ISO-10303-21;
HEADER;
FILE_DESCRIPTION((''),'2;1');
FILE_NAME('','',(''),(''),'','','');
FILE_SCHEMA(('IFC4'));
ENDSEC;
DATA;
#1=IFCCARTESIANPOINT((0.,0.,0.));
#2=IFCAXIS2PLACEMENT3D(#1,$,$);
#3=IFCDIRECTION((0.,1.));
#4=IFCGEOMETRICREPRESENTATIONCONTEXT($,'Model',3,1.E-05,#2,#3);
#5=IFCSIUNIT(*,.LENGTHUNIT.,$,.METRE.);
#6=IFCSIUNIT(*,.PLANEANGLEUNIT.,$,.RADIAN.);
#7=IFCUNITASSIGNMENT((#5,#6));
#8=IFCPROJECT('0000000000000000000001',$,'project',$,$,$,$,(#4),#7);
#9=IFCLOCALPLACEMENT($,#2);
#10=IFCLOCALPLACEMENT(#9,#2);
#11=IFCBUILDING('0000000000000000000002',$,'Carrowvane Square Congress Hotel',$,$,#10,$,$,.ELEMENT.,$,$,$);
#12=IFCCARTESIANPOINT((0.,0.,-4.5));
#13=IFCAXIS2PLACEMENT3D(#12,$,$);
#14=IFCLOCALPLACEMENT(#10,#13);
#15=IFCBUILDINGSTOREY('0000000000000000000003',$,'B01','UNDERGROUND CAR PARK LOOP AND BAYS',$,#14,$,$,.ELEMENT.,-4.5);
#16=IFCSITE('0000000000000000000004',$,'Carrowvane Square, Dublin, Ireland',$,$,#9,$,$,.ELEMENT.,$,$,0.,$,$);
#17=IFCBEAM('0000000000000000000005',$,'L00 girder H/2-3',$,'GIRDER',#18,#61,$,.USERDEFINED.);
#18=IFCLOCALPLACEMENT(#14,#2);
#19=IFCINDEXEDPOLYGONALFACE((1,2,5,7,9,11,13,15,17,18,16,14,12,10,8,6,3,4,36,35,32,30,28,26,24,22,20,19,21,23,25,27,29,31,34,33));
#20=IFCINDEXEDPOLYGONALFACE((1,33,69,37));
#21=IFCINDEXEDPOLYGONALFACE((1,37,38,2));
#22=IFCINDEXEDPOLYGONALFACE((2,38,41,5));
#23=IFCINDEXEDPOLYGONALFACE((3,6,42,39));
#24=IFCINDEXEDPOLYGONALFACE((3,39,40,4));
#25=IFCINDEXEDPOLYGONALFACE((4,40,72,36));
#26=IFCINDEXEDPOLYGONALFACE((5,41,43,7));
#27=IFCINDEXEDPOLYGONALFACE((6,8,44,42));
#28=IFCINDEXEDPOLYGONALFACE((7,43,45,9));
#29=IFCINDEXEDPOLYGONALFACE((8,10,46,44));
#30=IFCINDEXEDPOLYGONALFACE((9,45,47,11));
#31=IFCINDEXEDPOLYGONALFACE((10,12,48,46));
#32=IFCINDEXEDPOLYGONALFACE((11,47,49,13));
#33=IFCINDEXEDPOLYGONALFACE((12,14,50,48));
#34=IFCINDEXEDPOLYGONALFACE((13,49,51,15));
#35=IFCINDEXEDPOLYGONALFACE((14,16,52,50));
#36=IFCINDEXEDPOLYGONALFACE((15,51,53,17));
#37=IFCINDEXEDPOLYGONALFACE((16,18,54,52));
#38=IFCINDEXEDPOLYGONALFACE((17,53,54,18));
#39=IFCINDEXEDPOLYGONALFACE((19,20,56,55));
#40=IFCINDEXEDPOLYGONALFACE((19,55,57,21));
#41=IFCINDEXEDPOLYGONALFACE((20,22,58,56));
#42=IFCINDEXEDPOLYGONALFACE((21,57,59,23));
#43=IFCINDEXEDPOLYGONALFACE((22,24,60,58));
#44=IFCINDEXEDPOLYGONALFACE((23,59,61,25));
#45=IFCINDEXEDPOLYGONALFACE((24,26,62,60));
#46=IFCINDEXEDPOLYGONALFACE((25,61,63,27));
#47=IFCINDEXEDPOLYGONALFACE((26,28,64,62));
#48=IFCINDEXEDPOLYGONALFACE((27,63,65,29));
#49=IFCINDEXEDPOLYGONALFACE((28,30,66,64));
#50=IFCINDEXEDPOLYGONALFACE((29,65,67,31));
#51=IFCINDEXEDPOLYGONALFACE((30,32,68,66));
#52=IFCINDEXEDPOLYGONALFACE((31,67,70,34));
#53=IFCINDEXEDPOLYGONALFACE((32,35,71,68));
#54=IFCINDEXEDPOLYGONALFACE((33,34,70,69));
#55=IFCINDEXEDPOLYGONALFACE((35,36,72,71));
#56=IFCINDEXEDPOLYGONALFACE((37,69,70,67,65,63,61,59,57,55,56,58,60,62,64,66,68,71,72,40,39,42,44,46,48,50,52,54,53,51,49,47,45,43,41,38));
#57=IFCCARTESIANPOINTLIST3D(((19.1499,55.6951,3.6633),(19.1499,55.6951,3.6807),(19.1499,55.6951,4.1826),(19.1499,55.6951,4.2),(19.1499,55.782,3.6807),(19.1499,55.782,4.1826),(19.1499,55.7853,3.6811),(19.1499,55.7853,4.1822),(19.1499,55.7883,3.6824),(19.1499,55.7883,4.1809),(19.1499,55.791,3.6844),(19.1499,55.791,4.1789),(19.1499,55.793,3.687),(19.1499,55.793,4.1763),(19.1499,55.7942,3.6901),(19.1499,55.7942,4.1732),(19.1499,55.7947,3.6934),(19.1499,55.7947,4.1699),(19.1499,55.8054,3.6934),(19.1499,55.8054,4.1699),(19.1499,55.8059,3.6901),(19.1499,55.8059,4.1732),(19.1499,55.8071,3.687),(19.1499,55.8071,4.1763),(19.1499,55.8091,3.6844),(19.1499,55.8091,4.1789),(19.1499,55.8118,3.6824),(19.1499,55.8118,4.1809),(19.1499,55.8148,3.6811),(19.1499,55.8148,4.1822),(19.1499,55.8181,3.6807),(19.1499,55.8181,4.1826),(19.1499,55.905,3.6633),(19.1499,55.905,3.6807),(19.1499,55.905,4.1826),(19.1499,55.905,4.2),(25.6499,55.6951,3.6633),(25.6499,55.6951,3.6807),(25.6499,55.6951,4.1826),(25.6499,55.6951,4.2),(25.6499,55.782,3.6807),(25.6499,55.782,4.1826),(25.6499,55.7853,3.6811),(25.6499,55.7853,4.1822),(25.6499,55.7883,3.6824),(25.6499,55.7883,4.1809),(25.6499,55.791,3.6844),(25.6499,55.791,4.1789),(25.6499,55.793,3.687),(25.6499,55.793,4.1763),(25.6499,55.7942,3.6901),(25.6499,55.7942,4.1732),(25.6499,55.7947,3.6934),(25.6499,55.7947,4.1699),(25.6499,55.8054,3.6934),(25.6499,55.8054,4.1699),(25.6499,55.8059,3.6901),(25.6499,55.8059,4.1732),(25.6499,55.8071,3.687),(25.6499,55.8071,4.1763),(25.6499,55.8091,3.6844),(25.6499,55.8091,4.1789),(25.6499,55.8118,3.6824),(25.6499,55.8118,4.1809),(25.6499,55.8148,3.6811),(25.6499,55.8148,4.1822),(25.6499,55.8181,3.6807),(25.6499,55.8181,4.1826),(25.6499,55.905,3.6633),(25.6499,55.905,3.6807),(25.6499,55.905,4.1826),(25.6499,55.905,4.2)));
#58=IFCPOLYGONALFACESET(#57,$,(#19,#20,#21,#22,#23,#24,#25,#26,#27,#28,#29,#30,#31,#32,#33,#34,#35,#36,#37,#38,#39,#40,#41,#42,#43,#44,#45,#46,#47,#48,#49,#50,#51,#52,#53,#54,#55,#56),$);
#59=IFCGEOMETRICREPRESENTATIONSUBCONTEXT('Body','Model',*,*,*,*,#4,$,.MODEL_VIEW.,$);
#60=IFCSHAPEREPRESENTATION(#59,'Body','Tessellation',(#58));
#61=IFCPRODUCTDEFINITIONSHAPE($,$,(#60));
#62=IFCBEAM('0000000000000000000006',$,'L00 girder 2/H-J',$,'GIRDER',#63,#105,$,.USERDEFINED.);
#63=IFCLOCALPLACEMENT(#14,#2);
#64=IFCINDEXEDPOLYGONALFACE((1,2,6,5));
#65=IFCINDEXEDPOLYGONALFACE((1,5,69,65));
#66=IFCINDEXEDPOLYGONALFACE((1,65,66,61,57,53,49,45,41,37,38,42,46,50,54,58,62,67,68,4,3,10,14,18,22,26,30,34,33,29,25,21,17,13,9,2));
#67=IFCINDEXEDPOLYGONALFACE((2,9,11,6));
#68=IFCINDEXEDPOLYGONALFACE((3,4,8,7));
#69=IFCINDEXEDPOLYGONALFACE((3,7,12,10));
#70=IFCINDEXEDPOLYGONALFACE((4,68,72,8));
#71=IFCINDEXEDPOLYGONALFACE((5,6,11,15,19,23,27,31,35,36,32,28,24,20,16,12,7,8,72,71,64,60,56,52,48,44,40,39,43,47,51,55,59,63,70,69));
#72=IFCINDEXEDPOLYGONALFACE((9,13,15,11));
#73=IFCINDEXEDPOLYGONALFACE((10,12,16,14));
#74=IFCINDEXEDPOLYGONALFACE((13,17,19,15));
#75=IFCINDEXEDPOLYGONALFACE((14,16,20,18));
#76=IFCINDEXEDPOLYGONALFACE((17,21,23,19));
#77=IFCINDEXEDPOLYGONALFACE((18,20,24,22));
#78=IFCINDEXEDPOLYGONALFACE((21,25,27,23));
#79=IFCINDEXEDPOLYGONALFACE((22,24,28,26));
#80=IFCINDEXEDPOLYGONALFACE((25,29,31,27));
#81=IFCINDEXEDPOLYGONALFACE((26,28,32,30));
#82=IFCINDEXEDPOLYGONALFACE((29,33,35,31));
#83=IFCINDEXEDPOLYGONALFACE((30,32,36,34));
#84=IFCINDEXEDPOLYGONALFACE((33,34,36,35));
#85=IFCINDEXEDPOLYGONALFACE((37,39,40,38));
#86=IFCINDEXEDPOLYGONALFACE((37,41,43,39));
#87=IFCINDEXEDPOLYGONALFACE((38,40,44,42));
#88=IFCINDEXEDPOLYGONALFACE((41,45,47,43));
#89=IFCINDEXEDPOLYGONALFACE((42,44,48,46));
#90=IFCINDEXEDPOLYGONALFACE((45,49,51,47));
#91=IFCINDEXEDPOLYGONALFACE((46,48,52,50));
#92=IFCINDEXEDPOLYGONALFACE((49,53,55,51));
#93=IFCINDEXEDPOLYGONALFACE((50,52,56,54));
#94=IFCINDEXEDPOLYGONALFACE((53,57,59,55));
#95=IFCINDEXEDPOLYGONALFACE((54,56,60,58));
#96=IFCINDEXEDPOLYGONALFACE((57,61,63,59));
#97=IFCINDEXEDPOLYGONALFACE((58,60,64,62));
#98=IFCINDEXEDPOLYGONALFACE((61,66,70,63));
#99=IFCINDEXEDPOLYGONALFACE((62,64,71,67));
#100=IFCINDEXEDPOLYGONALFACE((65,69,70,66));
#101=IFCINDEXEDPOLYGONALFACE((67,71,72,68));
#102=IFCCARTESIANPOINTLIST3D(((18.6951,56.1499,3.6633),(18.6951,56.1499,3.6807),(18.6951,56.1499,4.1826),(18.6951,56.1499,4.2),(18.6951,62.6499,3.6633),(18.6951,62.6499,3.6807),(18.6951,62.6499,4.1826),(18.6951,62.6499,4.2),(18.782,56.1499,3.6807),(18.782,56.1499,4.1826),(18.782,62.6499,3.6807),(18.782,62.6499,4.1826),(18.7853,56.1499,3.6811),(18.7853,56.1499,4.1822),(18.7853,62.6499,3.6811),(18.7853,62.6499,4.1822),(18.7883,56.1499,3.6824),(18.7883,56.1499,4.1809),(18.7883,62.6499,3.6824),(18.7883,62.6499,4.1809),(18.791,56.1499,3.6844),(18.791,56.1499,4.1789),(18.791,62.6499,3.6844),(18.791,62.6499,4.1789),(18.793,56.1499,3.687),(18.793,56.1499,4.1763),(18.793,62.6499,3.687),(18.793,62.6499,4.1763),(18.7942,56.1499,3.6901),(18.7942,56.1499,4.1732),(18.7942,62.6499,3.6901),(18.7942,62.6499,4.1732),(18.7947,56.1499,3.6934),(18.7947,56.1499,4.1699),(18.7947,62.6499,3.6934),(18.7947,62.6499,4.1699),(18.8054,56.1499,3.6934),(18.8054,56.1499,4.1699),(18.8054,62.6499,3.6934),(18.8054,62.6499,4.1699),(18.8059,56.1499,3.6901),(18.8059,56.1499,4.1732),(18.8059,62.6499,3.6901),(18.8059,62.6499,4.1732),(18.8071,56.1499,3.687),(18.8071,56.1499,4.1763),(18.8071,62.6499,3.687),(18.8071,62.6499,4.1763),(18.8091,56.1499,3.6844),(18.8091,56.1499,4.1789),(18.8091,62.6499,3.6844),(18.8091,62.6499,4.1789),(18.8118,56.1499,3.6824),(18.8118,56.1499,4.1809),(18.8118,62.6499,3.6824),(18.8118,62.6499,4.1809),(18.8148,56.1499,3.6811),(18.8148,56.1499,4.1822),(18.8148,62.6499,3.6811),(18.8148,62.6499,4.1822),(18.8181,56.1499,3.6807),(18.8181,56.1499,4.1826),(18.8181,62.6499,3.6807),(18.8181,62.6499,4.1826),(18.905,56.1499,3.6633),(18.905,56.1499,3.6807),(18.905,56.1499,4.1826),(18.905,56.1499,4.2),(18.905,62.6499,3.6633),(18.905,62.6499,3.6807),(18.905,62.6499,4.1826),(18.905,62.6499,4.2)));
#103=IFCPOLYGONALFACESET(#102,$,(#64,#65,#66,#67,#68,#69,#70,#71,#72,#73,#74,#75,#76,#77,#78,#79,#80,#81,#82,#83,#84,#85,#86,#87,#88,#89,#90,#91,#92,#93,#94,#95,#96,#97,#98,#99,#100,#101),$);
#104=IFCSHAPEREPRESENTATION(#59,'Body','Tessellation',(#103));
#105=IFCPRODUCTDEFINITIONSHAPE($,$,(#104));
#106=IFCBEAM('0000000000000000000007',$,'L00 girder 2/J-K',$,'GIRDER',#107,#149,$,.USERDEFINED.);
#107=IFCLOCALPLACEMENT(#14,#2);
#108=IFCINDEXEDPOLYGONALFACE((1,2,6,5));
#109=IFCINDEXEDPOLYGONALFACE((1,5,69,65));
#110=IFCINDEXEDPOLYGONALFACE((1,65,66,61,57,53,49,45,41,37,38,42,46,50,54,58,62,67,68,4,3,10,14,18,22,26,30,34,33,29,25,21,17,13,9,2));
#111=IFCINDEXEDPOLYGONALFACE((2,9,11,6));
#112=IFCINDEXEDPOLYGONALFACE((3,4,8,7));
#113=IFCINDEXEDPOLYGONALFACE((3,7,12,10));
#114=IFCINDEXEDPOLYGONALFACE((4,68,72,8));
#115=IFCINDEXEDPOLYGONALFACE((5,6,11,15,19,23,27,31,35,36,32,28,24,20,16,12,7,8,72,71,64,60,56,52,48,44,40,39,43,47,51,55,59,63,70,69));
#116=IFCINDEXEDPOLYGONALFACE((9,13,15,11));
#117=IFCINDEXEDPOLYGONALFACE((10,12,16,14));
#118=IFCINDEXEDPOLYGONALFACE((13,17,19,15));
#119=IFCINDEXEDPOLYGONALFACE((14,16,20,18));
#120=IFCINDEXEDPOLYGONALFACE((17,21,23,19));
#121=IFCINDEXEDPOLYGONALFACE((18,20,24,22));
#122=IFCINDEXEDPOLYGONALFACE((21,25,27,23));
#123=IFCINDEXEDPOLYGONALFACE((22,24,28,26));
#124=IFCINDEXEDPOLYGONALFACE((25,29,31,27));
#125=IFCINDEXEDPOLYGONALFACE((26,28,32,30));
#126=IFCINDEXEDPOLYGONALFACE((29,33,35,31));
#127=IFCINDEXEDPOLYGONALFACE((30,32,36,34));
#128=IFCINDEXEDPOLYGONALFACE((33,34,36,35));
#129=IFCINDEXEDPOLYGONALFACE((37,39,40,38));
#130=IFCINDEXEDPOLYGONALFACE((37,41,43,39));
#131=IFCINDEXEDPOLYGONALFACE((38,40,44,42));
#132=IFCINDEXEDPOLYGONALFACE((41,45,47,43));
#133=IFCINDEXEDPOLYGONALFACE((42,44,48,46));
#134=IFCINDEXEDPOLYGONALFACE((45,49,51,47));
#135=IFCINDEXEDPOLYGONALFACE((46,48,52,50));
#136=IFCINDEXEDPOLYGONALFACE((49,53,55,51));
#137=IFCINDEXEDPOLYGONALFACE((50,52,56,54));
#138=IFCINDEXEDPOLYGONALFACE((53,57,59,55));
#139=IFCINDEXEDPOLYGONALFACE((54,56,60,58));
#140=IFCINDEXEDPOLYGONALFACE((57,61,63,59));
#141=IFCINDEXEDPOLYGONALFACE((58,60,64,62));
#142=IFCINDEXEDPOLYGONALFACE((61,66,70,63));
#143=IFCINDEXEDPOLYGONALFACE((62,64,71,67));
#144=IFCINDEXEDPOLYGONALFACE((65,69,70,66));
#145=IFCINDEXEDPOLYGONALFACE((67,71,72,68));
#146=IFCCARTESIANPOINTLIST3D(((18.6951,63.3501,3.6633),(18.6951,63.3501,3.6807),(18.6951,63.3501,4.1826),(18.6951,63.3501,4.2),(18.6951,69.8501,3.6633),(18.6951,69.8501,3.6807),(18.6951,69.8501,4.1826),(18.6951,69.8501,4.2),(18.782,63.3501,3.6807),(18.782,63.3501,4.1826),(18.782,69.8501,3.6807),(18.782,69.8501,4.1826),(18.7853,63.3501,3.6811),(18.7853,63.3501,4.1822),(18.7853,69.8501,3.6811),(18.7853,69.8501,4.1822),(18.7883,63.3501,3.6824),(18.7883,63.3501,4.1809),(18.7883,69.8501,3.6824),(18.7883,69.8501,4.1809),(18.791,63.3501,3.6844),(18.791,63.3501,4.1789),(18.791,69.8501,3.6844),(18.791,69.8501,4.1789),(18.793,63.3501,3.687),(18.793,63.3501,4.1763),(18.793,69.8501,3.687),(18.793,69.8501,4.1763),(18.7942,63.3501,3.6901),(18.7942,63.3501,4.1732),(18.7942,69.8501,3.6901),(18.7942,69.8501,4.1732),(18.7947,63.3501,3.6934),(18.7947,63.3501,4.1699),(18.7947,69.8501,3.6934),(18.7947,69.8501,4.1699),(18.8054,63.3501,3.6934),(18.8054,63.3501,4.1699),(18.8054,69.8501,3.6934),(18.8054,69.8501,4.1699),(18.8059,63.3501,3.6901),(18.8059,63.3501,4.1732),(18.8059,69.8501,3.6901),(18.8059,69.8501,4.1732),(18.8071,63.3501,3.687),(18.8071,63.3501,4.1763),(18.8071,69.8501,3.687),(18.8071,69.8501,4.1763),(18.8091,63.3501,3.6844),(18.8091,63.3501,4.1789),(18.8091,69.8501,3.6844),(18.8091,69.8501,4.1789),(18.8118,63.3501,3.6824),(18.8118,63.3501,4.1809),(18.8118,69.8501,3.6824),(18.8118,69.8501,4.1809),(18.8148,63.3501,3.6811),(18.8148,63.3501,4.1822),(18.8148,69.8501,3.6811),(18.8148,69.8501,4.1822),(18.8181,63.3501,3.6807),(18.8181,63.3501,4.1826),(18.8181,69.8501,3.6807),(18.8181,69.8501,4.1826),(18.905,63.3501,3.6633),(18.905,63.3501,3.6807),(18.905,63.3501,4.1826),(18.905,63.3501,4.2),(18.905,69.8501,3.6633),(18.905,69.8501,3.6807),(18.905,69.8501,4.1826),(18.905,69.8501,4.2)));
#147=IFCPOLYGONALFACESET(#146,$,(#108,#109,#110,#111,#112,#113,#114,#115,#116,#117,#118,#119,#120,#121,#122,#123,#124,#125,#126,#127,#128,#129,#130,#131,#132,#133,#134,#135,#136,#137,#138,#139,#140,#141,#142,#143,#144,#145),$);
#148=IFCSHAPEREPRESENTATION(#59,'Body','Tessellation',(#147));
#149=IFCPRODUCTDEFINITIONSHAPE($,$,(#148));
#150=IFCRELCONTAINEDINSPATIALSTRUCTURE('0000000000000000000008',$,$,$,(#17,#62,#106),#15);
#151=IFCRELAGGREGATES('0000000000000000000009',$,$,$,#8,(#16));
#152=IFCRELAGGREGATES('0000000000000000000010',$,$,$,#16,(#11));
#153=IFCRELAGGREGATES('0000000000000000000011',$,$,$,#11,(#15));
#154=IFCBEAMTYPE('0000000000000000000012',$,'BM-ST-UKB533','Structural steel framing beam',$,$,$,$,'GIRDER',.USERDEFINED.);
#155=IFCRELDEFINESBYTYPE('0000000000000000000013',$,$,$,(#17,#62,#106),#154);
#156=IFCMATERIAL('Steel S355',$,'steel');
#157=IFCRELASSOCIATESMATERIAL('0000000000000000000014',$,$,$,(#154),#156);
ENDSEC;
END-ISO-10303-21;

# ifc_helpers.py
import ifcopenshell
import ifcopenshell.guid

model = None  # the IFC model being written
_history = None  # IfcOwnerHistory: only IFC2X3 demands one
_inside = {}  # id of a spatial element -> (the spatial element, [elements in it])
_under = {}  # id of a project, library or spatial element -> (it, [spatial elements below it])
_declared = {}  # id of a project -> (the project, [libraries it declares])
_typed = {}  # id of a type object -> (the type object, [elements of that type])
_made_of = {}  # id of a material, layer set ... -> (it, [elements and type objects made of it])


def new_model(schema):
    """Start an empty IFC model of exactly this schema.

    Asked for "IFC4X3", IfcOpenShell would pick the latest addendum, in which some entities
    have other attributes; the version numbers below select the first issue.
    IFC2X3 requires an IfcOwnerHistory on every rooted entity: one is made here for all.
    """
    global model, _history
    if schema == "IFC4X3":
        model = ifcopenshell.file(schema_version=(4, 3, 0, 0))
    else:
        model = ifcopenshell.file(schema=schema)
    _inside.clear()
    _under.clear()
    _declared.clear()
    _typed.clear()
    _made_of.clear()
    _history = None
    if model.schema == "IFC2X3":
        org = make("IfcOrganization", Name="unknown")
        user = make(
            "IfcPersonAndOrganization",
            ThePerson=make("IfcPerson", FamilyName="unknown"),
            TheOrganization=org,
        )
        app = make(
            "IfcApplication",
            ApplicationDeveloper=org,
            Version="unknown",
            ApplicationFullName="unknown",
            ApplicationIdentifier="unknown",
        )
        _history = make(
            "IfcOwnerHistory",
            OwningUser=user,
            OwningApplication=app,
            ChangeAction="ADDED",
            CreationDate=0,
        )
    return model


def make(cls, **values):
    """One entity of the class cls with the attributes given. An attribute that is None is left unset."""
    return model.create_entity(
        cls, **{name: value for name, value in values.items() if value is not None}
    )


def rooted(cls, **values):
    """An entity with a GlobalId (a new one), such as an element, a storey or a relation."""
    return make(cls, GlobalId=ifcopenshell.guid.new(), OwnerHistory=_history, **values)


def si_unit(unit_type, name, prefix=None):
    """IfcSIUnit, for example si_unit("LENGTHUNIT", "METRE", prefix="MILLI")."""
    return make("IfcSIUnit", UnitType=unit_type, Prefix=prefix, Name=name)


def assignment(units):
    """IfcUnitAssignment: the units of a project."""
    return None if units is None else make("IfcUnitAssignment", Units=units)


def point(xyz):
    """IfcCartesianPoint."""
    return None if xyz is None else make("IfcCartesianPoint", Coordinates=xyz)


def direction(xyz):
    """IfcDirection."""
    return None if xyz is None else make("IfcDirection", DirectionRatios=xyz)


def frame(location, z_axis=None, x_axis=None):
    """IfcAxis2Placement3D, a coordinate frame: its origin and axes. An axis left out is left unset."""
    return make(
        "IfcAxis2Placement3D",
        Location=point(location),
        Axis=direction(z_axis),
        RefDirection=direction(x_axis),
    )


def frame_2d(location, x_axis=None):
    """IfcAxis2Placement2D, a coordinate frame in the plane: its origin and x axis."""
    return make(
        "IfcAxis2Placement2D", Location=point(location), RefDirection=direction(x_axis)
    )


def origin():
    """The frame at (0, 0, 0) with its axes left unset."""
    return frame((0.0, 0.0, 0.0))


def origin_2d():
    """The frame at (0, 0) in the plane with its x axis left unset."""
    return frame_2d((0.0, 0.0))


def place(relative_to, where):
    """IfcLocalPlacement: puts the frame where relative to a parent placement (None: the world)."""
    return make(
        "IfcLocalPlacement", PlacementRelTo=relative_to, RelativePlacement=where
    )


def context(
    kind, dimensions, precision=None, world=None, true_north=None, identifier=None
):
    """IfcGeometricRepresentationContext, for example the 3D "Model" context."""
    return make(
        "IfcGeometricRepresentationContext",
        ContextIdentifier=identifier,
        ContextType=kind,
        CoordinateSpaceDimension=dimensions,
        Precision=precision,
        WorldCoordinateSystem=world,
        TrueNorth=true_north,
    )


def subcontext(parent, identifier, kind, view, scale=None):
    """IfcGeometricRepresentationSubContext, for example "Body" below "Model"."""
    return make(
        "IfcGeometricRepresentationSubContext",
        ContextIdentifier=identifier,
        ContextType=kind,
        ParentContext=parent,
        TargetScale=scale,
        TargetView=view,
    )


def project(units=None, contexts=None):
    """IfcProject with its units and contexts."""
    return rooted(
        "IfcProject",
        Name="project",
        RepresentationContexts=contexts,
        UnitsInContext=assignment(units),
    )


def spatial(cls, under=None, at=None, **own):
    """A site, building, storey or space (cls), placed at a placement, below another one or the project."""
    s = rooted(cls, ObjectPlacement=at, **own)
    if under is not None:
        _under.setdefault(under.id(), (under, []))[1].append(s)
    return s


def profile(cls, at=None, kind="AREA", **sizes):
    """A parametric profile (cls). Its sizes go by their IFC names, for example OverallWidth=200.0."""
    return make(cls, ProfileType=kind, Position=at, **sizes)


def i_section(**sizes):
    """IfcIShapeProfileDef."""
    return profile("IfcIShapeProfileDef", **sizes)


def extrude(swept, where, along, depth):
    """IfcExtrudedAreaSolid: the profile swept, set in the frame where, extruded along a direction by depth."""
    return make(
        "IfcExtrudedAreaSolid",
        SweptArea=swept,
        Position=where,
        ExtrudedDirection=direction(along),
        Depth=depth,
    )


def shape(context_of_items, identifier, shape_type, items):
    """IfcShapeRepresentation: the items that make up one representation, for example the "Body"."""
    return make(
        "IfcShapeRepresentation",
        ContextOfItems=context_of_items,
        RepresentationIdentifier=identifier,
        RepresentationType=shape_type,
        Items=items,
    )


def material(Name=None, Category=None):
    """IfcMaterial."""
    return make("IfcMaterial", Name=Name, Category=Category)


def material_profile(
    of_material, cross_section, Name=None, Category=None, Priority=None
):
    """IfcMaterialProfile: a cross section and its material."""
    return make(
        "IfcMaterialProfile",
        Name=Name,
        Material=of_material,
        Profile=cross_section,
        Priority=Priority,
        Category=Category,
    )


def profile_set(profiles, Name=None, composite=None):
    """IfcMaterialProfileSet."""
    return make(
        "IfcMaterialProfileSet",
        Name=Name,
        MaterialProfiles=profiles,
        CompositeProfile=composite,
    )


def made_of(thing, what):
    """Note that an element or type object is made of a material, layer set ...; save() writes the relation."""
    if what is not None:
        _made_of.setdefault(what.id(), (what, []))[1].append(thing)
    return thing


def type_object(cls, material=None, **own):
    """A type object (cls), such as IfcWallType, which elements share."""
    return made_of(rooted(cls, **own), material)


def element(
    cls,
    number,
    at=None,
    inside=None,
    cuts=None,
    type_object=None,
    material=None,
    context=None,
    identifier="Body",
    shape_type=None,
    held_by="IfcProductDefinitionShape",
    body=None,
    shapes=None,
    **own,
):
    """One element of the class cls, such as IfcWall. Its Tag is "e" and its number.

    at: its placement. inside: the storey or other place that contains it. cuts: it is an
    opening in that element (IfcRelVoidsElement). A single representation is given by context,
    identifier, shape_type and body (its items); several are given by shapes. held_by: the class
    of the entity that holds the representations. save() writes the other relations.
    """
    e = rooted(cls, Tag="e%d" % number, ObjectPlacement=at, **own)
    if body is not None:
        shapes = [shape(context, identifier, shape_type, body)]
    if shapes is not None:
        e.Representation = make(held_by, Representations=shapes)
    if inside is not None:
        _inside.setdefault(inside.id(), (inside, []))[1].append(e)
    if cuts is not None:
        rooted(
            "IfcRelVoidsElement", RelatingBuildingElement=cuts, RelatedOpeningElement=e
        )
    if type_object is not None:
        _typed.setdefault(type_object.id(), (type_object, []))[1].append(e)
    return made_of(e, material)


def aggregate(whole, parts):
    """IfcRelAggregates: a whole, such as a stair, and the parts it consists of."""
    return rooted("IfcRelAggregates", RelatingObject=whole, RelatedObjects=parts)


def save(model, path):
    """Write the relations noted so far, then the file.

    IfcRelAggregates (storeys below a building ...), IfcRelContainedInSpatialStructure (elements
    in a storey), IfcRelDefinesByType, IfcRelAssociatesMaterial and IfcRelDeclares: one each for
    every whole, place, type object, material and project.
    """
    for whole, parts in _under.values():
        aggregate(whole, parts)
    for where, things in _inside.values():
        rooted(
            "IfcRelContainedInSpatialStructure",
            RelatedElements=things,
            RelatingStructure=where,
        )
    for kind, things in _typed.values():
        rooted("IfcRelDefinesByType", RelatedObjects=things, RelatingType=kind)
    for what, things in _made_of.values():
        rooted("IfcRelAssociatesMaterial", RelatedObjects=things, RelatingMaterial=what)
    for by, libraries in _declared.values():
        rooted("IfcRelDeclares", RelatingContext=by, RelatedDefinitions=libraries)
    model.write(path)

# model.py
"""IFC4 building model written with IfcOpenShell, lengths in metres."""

from ifc_helpers import new_model, si_unit, direction, frame, origin, origin_2d, place, context, subcontext, project, spatial, i_section, extrude, material, material_profile, profile_set, type_object, element, save


model = new_model("IFC4")

# Units and contexts
model_context = context("Model", 3, precision=1e-05, world=origin(), true_north=direction((0.0, 1.0)))
body_context = subcontext(model_context, "Body", "Model", "MODEL_VIEW")
ifc_project = project(units=[si_unit("LENGTHUNIT", "METRE"), si_unit("PLANEANGLEUNIT", "RADIAN")], contexts=[model_context])

# Site, building, storey
site_placement = place(None, origin())
site = spatial("IfcSite", under=ifc_project, at=site_placement, Name="Carrowvane Square, Dublin, Ireland", CompositionType="ELEMENT", RefElevation=0.0)
building_placement = place(site_placement, origin())
building = spatial("IfcBuilding", under=site, at=building_placement, Name="Carrowvane Square Congress Hotel", CompositionType="ELEMENT")
storey_placement = place(building_placement, frame((0.0, 0.0, -4.5)))
storey = spatial("IfcBuildingStorey", under=building, at=storey_placement, Name="B01", Description="UNDERGROUND CAR PARK LOOP AND BAYS", CompositionType="ELEMENT", Elevation=-4.5)

# Beams
ifc_material_1 = material(Name="Steel S355", Category="steel")
ifc_material_profile_1 = material_profile(ifc_material_1, i_section(OverallWidth=0.21, OverallDepth=0.5366, WebThickness=0.0107, FlangeThickness=0.0173, FilletRadius=0.0127, at=origin_2d()), Name="UKB 533x210x101")
ifc_profile_set_1 = profile_set([ifc_material_profile_1], Name="Steel S355")
beam_type_1 = type_object("IfcBeamType", Name="BM-ST-UKB533", Description="Structural steel framing beam", ElementType="GIRDER", PredefinedType="USERDEFINED", material=ifc_profile_set_1)
for number, where, z_axis, x_axis, name in (
    (1, (19.1499, 55.8, 3.9316), (1.0, 0.0, 0.0), (0.0, 1.0, 0.0), "L00 girder H/2-3"),
    (2, (18.8, 56.1499, 3.9316), (0.0, 1.0, 0.0), (-1.0, 0.0, 0.0), "L00 girder 2/H-J"),
    (3, (18.8, 63.3501, 3.9316), (0.0, 1.0, 0.0), (-1.0, 0.0, 0.0), "L00 girder 2/J-K"),
):
    element("IfcBeam", number, at=place(storey_placement, frame(where, z_axis=z_axis, x_axis=x_axis)), inside=storey, type_object=beam_type_1, Name=name, ObjectType="GIRDER", PredefinedType="USERDEFINED", context=body_context, shape_type="SweptSolid", body=[
        extrude(i_section(OverallWidth=0.21, OverallDepth=0.5366, WebThickness=0.0107, FlangeThickness=0.0173, FilletRadius=0.0127, at=origin_2d()), origin(), (0.0, 0.0, 1.0), 6.5),
    ])

save(model, "model.ifc")
